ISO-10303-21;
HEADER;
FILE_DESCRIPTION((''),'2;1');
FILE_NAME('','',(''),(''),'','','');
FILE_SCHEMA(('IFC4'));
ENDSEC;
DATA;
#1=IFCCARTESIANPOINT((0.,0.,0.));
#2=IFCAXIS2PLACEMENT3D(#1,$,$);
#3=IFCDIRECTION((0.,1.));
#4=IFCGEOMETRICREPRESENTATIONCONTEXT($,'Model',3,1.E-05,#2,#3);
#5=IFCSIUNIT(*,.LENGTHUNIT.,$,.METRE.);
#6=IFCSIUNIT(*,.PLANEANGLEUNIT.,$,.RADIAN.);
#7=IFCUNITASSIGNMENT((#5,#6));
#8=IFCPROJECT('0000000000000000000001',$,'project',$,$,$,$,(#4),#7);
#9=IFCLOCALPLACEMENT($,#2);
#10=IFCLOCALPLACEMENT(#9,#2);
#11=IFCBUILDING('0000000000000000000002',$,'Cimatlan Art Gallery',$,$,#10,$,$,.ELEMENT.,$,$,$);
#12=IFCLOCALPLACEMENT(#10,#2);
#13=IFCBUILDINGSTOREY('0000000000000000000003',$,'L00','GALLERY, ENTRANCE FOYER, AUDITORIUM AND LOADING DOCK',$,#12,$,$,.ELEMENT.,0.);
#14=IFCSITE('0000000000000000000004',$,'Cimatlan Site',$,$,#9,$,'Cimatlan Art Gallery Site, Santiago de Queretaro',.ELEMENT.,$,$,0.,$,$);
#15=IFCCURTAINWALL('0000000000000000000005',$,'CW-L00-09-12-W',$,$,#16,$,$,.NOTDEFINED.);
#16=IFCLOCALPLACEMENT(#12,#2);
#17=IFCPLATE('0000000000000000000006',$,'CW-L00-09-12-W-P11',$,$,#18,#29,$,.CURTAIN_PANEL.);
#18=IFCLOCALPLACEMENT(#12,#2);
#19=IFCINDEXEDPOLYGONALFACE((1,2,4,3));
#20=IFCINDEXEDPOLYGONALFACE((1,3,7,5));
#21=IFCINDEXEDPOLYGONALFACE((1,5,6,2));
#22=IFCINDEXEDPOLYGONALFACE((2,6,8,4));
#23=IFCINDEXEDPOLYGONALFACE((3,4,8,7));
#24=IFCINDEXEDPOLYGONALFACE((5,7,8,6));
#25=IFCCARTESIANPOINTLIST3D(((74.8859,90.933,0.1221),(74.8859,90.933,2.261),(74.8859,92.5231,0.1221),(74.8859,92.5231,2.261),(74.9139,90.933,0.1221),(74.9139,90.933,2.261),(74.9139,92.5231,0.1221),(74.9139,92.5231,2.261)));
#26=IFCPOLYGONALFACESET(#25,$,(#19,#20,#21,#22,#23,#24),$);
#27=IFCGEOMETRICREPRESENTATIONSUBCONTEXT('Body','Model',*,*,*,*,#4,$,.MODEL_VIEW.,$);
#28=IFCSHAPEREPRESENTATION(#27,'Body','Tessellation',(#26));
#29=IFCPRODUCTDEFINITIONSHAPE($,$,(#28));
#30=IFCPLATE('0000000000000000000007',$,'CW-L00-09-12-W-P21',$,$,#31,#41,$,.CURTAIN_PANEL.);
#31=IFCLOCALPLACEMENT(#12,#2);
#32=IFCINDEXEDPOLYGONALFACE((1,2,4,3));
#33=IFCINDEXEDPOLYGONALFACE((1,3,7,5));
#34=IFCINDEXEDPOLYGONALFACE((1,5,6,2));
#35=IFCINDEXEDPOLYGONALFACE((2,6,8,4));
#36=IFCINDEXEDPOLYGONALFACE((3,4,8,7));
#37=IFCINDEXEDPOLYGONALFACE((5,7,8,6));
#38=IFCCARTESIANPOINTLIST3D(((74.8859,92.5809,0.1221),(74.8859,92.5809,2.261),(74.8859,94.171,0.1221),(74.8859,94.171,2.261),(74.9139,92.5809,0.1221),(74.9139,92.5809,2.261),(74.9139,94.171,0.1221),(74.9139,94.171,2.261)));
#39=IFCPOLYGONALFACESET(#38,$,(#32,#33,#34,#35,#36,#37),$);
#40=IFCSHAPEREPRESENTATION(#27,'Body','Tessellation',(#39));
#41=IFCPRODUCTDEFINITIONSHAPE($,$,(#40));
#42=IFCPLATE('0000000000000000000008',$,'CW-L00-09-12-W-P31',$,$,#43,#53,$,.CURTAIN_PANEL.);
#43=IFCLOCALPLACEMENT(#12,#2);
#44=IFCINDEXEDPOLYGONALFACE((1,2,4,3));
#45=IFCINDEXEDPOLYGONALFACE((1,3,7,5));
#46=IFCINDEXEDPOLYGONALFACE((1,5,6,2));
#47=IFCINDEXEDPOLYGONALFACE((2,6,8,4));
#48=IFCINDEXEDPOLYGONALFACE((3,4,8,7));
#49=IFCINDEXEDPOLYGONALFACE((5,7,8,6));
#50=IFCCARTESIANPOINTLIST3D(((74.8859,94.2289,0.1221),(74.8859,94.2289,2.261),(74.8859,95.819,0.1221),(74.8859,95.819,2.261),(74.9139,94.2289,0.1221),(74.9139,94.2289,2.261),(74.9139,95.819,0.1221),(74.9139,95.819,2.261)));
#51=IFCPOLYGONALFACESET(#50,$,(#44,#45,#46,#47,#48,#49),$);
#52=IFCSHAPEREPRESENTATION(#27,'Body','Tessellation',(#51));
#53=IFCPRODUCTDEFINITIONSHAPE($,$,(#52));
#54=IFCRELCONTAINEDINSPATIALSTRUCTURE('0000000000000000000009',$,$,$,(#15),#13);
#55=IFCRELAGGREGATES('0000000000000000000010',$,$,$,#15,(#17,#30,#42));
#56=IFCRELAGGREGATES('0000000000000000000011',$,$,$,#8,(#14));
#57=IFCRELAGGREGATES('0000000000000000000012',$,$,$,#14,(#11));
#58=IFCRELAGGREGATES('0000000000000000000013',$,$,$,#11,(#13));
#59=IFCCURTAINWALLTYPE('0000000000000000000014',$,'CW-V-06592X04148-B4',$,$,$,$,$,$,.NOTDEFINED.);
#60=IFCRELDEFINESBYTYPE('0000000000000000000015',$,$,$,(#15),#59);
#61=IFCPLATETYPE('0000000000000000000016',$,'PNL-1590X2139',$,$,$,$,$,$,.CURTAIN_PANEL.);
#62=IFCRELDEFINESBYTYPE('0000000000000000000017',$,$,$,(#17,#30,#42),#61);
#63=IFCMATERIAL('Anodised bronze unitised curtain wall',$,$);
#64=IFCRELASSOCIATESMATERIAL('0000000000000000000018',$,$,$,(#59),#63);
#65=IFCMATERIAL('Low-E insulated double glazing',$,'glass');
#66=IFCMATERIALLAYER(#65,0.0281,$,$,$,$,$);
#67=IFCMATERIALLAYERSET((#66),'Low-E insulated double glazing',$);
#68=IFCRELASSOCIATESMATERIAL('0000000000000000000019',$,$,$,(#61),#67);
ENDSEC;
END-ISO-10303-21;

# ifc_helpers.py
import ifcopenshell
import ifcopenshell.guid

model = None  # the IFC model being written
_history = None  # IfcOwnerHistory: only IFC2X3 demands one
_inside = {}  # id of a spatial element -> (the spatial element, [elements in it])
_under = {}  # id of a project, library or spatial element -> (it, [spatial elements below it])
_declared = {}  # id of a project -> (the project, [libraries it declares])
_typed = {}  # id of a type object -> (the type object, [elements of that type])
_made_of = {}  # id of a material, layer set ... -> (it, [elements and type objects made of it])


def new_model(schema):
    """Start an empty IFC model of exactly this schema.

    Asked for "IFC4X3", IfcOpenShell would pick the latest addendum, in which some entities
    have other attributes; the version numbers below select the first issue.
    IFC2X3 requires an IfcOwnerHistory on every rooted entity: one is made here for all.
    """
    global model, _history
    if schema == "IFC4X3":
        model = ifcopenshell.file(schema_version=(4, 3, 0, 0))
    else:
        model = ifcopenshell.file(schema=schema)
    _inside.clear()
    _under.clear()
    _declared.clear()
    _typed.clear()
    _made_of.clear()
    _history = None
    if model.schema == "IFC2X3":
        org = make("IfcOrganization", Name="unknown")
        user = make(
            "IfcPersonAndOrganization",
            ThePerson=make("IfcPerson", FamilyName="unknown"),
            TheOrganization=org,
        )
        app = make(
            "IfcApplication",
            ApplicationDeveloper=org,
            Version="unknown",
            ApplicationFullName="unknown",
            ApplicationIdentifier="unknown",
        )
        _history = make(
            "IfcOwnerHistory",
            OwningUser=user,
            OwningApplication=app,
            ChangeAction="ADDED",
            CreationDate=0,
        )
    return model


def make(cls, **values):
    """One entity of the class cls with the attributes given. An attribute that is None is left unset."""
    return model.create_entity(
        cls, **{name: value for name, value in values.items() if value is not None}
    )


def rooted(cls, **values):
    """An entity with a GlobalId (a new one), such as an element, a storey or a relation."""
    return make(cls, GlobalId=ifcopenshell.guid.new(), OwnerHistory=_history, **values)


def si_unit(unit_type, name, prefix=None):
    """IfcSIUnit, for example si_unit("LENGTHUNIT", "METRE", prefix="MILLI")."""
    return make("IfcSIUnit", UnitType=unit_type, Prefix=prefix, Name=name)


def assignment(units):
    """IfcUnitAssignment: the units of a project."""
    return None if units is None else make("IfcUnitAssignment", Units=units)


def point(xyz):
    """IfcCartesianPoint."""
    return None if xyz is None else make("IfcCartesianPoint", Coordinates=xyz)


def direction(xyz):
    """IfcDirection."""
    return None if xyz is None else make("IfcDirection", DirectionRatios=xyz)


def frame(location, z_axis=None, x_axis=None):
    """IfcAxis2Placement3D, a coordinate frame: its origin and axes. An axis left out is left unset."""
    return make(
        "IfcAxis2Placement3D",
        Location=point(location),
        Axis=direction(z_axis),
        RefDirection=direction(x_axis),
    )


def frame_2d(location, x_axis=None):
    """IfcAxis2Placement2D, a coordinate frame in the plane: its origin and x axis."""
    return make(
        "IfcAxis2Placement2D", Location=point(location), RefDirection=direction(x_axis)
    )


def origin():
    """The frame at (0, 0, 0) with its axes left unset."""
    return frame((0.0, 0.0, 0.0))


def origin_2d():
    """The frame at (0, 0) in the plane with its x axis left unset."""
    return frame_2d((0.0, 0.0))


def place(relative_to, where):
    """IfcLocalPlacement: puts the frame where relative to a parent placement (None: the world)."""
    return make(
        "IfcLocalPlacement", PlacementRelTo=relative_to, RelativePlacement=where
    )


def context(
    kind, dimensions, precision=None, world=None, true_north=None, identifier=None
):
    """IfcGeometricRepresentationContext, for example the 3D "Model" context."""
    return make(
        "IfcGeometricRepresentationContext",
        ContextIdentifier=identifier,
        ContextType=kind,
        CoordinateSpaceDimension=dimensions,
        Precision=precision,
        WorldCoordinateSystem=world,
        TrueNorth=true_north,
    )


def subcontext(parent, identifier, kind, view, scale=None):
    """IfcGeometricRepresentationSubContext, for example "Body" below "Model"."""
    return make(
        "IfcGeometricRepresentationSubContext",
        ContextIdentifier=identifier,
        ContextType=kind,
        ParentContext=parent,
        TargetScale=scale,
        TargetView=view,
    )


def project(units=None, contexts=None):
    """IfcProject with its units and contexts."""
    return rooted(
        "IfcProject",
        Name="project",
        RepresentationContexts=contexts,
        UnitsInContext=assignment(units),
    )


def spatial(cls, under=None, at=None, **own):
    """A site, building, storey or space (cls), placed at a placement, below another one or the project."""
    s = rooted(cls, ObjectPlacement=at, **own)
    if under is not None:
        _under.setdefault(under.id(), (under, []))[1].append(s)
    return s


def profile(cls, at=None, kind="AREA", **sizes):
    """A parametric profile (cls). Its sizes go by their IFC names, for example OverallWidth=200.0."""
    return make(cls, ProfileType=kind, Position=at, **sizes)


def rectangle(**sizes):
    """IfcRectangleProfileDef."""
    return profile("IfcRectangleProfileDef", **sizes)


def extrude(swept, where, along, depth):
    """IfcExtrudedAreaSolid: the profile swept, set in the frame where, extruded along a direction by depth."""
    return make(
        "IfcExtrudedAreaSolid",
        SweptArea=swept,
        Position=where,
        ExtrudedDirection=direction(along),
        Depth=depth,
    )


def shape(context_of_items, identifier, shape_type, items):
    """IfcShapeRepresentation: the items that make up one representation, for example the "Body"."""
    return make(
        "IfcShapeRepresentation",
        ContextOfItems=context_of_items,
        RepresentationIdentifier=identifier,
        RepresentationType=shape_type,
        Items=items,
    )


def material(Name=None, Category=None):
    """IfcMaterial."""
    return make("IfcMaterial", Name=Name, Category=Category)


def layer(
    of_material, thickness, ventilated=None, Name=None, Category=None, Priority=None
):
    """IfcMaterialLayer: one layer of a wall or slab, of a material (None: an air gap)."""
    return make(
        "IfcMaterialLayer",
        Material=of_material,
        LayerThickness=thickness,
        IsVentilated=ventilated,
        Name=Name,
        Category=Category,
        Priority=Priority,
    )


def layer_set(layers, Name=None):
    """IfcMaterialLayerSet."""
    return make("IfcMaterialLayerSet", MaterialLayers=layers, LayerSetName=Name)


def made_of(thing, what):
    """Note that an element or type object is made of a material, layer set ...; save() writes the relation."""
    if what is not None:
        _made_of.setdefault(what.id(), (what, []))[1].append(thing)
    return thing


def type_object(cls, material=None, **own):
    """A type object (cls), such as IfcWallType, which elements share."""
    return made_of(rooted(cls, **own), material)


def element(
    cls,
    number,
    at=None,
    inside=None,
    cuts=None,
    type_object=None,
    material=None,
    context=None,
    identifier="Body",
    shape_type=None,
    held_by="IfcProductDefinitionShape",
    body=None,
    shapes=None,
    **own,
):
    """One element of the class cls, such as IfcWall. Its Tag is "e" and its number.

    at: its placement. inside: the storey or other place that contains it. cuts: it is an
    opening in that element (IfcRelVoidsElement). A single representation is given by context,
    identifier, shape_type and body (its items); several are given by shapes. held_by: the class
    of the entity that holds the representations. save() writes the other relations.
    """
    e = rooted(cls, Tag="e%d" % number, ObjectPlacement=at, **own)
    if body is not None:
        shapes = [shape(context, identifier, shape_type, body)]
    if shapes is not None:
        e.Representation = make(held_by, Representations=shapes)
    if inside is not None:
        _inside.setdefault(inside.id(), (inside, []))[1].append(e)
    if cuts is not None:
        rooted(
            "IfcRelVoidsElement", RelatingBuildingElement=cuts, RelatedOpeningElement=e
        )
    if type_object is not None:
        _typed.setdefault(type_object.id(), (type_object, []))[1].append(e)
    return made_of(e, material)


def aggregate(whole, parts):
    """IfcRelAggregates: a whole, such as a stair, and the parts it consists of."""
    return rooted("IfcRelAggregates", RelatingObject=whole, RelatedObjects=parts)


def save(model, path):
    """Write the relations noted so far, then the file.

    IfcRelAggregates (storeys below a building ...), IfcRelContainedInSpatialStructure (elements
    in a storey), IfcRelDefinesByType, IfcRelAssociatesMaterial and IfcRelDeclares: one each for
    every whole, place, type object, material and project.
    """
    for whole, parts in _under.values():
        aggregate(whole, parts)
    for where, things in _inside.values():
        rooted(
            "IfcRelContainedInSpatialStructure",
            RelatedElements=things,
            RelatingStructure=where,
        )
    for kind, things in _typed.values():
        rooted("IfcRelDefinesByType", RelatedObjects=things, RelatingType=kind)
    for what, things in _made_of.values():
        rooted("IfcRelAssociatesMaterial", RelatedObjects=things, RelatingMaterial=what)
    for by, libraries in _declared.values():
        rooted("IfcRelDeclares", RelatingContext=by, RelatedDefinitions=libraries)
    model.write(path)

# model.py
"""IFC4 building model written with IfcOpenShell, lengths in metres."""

from ifc_helpers import new_model, si_unit, direction, frame, origin, origin_2d, place, context, subcontext, project, spatial, rectangle, extrude, material, layer, layer_set, type_object, element, aggregate, save


model = new_model("IFC4")

# Units and contexts
model_context = context("Model", 3, precision=1e-05, world=origin(), true_north=direction((0.0, 1.0)))
body_context = subcontext(model_context, "Body", "Model", "MODEL_VIEW")
ifc_project = project(units=[si_unit("LENGTHUNIT", "METRE"), si_unit("PLANEANGLEUNIT", "RADIAN")], contexts=[model_context])

# Site, building, storey
site_placement = place(None, origin())
site = spatial("IfcSite", under=ifc_project, at=site_placement, Name="Cimatlan Site", LongName="Cimatlan Art Gallery Site, Santiago de Queretaro", CompositionType="ELEMENT", RefElevation=0.0)
building_placement = place(site_placement, origin())
building = spatial("IfcBuilding", under=site, at=building_placement, Name="Cimatlan Art Gallery", CompositionType="ELEMENT")
storey_placement = place(building_placement, origin())
storey = spatial("IfcBuildingStorey", under=building, at=storey_placement, Name="L00", Description="GALLERY, ENTRANCE FOYER, AUDITORIUM AND LOADING DOCK", CompositionType="ELEMENT", Elevation=0.0)

# Shared definitions
ifc_material_1 = material(Name="Anodised bronze unitised curtain wall")

# Curtain wall, plates
curtain_wall_type_1 = type_object("IfcCurtainWallType", Name="CW-V-06592X04148-B4", PredefinedType="NOTDEFINED", material=ifc_material_1)
curtain_wall_1_placement = place(storey_placement, origin())
curtain_wall_1 = element("IfcCurtainWall", 1, at=curtain_wall_1_placement, inside=storey, type_object=curtain_wall_type_1, Name="CW-L00-09-12-W", PredefinedType="NOTDEFINED")
ifc_material_2 = material(Name="Low-E insulated double glazing", Category="glass")
ifc_layer_1 = layer(ifc_material_2, 0.0281)
ifc_layer_set_1 = layer_set([ifc_layer_1], Name="Low-E insulated double glazing")
plate_type_1 = type_object("IfcPlateType", Name="PNL-1590X2139", PredefinedType="CURTAIN_PANEL", material=ifc_layer_set_1)
plate_1_placement = place(storey_placement, frame((74.8999, 91.728, 0.1221), z_axis=(0.0, 0.0, 1.0), x_axis=(0.0, 1.0, 0.0)))
plate_1 = element("IfcPlate", 2, at=plate_1_placement, type_object=plate_type_1, Name="CW-L00-09-12-W-P11", PredefinedType="CURTAIN_PANEL", context=body_context, shape_type="SweptSolid", body=[
    extrude(rectangle(XDim=1.5901, YDim=0.0281, at=origin_2d()), origin(), (0.0, 0.0, 1.0), 2.1389),
])
plate_2_placement = place(storey_placement, frame((74.8999, 93.376, 0.1221), z_axis=(0.0, 0.0, 1.0), x_axis=(0.0, 1.0, 0.0)))
plate_2 = element("IfcPlate", 3, at=plate_2_placement, type_object=plate_type_1, Name="CW-L00-09-12-W-P21", PredefinedType="CURTAIN_PANEL", context=body_context, shape_type="SweptSolid", body=[
    extrude(rectangle(XDim=1.5901, YDim=0.0281, at=origin_2d()), origin(), (0.0, 0.0, 1.0), 2.1389),
])
plate_3_placement = place(storey_placement, frame((74.8999, 95.0239, 0.1221), z_axis=(0.0, 0.0, 1.0), x_axis=(0.0, 1.0, 0.0)))
plate_3 = element("IfcPlate", 4, at=plate_3_placement, type_object=plate_type_1, Name="CW-L00-09-12-W-P31", PredefinedType="CURTAIN_PANEL", context=body_context, shape_type="SweptSolid", body=[
    extrude(rectangle(XDim=1.5901, YDim=0.0281, at=origin_2d()), origin(), (0.0, 0.0, 1.0), 2.1389),
])
aggregate(curtain_wall_1, [plate_1, plate_2, plate_3])

save(model, "model.ifc")
